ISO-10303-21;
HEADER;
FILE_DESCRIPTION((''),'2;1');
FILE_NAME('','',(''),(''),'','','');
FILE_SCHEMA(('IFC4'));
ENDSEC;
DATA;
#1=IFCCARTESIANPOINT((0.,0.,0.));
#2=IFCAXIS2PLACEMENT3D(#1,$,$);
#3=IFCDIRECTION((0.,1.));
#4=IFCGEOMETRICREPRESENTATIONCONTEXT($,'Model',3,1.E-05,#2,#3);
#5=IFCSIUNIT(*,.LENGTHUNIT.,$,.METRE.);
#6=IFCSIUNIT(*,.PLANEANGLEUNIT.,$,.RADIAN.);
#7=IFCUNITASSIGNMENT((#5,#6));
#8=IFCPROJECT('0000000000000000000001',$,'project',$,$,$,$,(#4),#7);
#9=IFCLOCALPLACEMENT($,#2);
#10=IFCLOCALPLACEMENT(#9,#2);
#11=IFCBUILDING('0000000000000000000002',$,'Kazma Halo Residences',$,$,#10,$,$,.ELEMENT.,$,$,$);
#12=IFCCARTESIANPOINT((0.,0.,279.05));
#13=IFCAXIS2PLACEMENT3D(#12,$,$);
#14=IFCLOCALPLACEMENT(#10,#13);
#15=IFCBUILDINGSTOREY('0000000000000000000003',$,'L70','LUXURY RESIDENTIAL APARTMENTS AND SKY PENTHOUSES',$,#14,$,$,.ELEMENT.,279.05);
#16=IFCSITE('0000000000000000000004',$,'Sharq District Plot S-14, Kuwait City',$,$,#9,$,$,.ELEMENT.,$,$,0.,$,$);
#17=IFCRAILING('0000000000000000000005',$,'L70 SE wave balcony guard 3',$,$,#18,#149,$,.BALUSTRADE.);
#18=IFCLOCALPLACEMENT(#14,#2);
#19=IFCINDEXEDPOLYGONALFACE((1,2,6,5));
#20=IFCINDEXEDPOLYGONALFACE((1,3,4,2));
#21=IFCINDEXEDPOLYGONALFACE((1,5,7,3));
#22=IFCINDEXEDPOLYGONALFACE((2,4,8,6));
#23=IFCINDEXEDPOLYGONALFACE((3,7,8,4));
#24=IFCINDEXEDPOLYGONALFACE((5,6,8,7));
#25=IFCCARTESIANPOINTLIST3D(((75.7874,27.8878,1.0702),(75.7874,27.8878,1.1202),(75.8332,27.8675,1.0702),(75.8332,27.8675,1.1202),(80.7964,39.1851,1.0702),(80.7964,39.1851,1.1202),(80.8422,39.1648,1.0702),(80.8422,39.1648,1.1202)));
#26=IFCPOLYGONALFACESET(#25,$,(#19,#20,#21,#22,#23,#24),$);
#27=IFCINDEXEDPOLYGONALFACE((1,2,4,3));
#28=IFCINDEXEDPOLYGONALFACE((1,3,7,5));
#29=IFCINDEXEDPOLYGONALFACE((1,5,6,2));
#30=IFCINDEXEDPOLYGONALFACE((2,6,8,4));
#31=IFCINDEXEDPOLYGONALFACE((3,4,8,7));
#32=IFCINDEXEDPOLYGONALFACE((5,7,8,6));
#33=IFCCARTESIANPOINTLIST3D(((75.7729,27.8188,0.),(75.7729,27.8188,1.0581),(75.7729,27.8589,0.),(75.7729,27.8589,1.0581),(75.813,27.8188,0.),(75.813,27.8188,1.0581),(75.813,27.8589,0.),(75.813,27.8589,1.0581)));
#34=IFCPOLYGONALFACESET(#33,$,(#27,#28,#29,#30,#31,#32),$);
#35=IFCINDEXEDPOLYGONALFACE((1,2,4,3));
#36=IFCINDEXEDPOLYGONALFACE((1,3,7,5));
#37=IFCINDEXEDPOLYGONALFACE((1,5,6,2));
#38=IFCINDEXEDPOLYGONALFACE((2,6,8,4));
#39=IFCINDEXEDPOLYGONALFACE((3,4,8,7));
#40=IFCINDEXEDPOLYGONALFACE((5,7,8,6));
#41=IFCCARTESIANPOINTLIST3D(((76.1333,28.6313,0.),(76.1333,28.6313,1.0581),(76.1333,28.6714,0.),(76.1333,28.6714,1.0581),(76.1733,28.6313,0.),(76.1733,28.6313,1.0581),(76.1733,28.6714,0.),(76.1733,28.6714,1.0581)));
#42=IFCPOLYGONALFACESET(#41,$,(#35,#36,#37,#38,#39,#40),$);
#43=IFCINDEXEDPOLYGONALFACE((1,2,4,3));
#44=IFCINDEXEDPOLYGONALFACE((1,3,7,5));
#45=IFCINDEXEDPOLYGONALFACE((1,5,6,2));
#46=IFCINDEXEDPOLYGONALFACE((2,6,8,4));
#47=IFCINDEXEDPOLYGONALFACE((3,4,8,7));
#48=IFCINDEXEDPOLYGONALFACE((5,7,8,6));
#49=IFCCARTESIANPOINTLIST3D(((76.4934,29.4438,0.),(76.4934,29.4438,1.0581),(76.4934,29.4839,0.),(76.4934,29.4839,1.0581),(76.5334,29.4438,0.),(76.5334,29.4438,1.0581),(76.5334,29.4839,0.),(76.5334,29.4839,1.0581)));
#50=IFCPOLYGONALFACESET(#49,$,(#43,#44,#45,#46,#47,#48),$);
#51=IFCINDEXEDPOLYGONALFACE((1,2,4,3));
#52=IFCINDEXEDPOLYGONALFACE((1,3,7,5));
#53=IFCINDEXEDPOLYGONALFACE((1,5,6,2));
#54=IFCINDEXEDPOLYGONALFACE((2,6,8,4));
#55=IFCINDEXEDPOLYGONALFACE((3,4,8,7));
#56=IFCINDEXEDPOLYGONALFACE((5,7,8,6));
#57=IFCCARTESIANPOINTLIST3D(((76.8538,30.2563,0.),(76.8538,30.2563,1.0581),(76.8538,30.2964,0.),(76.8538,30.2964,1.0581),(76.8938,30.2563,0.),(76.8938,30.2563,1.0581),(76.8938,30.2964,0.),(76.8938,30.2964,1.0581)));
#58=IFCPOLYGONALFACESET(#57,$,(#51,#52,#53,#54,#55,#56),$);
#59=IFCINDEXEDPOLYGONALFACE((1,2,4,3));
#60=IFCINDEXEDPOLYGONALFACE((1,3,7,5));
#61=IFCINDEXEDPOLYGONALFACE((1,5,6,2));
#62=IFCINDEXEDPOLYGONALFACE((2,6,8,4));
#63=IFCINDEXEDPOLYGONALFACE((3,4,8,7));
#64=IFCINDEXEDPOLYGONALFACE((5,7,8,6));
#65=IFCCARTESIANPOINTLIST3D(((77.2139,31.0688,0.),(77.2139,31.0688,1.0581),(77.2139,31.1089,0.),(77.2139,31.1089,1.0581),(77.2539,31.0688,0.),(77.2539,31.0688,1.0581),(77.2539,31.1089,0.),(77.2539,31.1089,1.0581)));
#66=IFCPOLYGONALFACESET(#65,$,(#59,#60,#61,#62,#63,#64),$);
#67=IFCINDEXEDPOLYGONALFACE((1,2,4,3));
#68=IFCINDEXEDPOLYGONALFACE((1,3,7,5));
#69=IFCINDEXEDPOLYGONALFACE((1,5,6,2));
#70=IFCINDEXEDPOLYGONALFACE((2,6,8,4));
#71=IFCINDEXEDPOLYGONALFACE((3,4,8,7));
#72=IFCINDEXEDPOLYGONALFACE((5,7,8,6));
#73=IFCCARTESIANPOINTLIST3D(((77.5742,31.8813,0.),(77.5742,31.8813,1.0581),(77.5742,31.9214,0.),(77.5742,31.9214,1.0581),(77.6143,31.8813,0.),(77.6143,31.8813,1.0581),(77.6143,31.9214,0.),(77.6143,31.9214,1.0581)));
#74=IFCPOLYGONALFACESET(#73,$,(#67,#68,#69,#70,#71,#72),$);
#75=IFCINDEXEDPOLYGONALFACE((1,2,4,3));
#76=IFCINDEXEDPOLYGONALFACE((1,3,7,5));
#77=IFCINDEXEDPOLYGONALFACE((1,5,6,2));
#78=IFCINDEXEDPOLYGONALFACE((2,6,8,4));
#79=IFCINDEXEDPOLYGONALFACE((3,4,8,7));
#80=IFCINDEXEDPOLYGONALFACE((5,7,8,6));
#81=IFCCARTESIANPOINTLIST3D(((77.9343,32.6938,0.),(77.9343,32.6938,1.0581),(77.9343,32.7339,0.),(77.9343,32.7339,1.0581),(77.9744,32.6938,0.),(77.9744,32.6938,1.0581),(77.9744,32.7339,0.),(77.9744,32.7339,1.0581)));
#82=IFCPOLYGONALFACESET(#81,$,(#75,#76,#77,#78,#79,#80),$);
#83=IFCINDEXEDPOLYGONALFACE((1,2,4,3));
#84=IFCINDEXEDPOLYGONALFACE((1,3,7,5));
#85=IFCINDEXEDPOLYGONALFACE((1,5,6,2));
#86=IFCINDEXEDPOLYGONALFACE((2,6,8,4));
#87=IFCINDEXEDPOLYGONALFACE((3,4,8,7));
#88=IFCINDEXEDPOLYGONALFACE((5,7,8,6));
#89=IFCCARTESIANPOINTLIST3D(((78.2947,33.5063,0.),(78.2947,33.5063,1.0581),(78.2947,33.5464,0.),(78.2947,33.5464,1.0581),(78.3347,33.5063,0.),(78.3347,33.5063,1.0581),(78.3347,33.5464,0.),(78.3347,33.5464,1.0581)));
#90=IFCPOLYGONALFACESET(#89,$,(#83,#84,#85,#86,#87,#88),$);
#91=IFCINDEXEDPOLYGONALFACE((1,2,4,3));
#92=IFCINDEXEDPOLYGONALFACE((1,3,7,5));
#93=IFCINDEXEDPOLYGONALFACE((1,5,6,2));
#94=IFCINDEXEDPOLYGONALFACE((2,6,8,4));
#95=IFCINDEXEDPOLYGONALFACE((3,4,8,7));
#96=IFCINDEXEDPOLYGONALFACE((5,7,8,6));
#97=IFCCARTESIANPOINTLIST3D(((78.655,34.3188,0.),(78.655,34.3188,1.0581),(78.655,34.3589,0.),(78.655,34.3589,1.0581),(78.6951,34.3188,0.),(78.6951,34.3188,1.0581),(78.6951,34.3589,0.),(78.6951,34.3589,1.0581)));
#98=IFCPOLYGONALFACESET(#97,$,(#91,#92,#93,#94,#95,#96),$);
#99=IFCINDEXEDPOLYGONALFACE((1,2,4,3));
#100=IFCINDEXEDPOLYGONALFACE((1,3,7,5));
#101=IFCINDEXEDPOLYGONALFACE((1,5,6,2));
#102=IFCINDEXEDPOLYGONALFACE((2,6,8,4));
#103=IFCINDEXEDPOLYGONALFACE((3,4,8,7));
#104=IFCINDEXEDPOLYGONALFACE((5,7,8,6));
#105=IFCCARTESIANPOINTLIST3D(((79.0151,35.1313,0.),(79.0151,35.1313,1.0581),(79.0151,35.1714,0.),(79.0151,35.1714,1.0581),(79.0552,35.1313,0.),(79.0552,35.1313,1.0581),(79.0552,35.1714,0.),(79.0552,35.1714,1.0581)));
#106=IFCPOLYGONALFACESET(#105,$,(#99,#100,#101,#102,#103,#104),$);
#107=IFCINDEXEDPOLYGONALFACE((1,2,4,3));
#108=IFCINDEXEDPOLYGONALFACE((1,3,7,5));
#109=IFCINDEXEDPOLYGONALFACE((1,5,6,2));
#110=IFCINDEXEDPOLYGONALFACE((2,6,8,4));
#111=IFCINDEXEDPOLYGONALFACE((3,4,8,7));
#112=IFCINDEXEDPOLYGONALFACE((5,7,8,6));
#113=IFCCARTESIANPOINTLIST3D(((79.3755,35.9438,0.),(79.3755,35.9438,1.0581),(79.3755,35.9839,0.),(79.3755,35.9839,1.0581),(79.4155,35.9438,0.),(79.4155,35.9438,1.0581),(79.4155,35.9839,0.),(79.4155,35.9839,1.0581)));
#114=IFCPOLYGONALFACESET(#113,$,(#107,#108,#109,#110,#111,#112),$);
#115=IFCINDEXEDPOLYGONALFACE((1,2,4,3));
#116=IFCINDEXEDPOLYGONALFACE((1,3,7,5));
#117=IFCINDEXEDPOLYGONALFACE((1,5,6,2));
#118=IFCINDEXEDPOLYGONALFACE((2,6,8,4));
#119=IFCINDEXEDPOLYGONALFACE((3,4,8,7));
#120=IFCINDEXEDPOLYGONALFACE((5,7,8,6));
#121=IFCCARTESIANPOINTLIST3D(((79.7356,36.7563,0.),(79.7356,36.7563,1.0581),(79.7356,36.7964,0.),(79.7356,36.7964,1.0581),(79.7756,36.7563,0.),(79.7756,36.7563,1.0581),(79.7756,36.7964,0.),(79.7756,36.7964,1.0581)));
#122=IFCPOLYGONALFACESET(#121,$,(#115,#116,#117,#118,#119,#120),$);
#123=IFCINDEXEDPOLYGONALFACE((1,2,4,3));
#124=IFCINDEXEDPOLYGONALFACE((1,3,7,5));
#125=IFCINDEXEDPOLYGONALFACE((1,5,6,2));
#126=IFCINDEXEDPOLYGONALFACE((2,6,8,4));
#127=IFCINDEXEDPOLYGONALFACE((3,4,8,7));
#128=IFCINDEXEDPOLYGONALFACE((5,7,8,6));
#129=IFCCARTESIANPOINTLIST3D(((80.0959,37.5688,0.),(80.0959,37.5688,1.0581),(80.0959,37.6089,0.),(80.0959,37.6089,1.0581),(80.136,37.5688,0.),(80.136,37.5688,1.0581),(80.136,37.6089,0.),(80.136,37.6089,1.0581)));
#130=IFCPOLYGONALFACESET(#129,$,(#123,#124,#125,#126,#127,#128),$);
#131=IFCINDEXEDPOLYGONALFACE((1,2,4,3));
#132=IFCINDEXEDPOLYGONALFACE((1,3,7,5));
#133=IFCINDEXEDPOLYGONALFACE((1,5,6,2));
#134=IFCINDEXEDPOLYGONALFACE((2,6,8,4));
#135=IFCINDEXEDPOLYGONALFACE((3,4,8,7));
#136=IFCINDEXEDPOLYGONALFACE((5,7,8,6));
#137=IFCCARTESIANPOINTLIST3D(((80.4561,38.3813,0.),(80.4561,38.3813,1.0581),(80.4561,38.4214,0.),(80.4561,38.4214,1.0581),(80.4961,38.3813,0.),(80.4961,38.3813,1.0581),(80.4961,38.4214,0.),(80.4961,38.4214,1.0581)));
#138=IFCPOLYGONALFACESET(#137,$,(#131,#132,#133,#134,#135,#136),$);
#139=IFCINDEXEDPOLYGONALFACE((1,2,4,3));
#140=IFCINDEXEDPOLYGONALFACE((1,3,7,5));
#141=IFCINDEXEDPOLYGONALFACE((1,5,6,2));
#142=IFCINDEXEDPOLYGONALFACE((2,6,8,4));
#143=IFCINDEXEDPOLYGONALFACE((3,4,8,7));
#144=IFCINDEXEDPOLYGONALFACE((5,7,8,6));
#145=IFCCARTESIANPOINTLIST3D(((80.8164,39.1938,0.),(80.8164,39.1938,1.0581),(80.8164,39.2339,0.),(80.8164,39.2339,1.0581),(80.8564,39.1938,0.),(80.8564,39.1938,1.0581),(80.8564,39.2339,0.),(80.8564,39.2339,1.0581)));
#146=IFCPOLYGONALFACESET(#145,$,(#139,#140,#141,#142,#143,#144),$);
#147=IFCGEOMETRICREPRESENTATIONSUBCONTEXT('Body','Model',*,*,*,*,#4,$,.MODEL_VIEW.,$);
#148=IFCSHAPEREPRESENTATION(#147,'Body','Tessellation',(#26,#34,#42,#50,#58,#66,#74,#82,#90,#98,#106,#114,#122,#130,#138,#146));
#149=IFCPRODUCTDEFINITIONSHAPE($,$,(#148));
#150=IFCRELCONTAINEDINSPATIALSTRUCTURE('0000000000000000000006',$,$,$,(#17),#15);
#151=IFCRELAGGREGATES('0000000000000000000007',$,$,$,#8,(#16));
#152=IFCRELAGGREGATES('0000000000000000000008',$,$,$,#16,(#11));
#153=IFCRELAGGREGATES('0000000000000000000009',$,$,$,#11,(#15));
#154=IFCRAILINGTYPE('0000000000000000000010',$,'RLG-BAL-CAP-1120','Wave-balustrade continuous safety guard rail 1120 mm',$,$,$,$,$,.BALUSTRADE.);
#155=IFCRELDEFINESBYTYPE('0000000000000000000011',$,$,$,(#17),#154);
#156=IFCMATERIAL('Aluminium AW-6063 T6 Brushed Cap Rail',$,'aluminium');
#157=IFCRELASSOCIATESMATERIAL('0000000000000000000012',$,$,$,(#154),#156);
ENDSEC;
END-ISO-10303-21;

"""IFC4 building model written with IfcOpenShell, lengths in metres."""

from ifc_helpers import new_model, si_unit, direction, frame, origin, origin_2d, place, context, subcontext, project, spatial, rectangle, extrude, material, type_object, element, save


model = new_model("IFC4")

# Units and contexts
model_context = context("Model", 3, precision=1e-05, world=origin(), true_north=direction((0.0, 1.0)))
body_context = subcontext(model_context, "Body", "Model", "MODEL_VIEW")
ifc_project = project(units=[si_unit("LENGTHUNIT", "METRE"), si_unit("PLANEANGLEUNIT", "RADIAN")], contexts=[model_context])

# Site, building, storey
site_placement = place(None, origin())
site = spatial("IfcSite", under=ifc_project, at=site_placement, Name="Sharq District Plot S-14, Kuwait City", CompositionType="ELEMENT", RefElevation=0.0)
building_placement = place(site_placement, origin())
building = spatial("IfcBuilding", under=site, at=building_placement, Name="Kazma Halo Residences", CompositionType="ELEMENT")
storey_placement = place(building_placement, frame((0.0, 0.0, 279.05)))
storey = spatial("IfcBuildingStorey", under=building, at=storey_placement, Name="L70", Description="LUXURY RESIDENTIAL APARTMENTS AND SKY PENTHOUSES", CompositionType="ELEMENT", Elevation=279.05)

# Railing
ifc_material_1 = material(Name="Aluminium AW-6063 T6 Brushed Cap Rail", Category="aluminium")
railing_type = type_object("IfcRailingType", Name="RLG-BAL-CAP-1120", Description="Wave-balustrade continuous safety guard rail 1120 mm", PredefinedType="BALUSTRADE", material=ifc_material_1)
railing_1_placement = place(storey_placement, frame((75.793, 27.8389, 0.0)))
element("IfcRailing", 1, at=railing_1_placement, inside=storey, type_object=railing_type, Name="L70 SE wave balcony guard 3", PredefinedType="BALUSTRADE", context=body_context, shape_type="SweptSolid", body=[
    extrude(rectangle(XDim=0.05, YDim=0.05, at=origin_2d()), frame((0.0173, 0.0388, 1.0952), z_axis=(0.405326, 0.914172, 0.0), x_axis=(-0.914172, 0.405326, 0.0)), (0.0, 0.0, 1.0), 12.3579),
    extrude(rectangle(XDim=0.04, YDim=0.04, at=origin_2d()), origin(), (0.0, 0.0, 1.0), 1.0581),
    extrude(rectangle(XDim=0.04, YDim=0.04, at=origin_2d()), frame((0.3604, 0.8125, 0.0)), (0.0, 0.0, 1.0), 1.0581),
    extrude(rectangle(XDim=0.04, YDim=0.04, at=origin_2d()), frame((0.7205, 1.625, 0.0)), (0.0, 0.0, 1.0), 1.0581),
    extrude(rectangle(XDim=0.04, YDim=0.04, at=origin_2d()), frame((1.0808, 2.4375, 0.0)), (0.0, 0.0, 1.0), 1.0581),
    extrude(rectangle(XDim=0.04, YDim=0.04, at=origin_2d()), frame((1.4409, 3.25, 0.0)), (0.0, 0.0, 1.0), 1.0581),
    extrude(rectangle(XDim=0.04, YDim=0.04, at=origin_2d()), frame((1.8013, 4.0625, 0.0)), (0.0, 0.0, 1.0), 1.0581),
    extrude(rectangle(XDim=0.04, YDim=0.04, at=origin_2d()), frame((2.1614, 4.875, 0.0)), (0.0, 0.0, 1.0), 1.0581),
    extrude(rectangle(XDim=0.04, YDim=0.04, at=origin_2d()), frame((2.5217, 5.6875, 0.0)), (0.0, 0.0, 1.0), 1.0581),
    extrude(rectangle(XDim=0.04, YDim=0.04, at=origin_2d()), frame((2.8821, 6.5, 0.0)), (0.0, 0.0, 1.0), 1.0581),
    extrude(rectangle(XDim=0.04, YDim=0.04, at=origin_2d()), frame((3.2422, 7.3125, 0.0)), (0.0, 0.0, 1.0), 1.0581),
    extrude(rectangle(XDim=0.04, YDim=0.04, at=origin_2d()), frame((3.6025, 8.125, 0.0)), (0.0, 0.0, 1.0), 1.0581),
    extrude(rectangle(XDim=0.04, YDim=0.04, at=origin_2d()), frame((3.9626, 8.9375, 0.0)), (0.0, 0.0, 1.0), 1.0581),
    extrude(rectangle(XDim=0.04, YDim=0.04, at=origin_2d()), frame((4.323, 9.75, 0.0)), (0.0, 0.0, 1.0), 1.0581),
    extrude(rectangle(XDim=0.04, YDim=0.04, at=origin_2d()), frame((4.6831, 10.5625, 0.0)), (0.0, 0.0, 1.0), 1.0581),
    extrude(rectangle(XDim=0.04, YDim=0.04, at=origin_2d()), frame((5.0435, 11.375, 0.0)), (0.0, 0.0, 1.0), 1.0581),
])

save(model, "model.ifc")
